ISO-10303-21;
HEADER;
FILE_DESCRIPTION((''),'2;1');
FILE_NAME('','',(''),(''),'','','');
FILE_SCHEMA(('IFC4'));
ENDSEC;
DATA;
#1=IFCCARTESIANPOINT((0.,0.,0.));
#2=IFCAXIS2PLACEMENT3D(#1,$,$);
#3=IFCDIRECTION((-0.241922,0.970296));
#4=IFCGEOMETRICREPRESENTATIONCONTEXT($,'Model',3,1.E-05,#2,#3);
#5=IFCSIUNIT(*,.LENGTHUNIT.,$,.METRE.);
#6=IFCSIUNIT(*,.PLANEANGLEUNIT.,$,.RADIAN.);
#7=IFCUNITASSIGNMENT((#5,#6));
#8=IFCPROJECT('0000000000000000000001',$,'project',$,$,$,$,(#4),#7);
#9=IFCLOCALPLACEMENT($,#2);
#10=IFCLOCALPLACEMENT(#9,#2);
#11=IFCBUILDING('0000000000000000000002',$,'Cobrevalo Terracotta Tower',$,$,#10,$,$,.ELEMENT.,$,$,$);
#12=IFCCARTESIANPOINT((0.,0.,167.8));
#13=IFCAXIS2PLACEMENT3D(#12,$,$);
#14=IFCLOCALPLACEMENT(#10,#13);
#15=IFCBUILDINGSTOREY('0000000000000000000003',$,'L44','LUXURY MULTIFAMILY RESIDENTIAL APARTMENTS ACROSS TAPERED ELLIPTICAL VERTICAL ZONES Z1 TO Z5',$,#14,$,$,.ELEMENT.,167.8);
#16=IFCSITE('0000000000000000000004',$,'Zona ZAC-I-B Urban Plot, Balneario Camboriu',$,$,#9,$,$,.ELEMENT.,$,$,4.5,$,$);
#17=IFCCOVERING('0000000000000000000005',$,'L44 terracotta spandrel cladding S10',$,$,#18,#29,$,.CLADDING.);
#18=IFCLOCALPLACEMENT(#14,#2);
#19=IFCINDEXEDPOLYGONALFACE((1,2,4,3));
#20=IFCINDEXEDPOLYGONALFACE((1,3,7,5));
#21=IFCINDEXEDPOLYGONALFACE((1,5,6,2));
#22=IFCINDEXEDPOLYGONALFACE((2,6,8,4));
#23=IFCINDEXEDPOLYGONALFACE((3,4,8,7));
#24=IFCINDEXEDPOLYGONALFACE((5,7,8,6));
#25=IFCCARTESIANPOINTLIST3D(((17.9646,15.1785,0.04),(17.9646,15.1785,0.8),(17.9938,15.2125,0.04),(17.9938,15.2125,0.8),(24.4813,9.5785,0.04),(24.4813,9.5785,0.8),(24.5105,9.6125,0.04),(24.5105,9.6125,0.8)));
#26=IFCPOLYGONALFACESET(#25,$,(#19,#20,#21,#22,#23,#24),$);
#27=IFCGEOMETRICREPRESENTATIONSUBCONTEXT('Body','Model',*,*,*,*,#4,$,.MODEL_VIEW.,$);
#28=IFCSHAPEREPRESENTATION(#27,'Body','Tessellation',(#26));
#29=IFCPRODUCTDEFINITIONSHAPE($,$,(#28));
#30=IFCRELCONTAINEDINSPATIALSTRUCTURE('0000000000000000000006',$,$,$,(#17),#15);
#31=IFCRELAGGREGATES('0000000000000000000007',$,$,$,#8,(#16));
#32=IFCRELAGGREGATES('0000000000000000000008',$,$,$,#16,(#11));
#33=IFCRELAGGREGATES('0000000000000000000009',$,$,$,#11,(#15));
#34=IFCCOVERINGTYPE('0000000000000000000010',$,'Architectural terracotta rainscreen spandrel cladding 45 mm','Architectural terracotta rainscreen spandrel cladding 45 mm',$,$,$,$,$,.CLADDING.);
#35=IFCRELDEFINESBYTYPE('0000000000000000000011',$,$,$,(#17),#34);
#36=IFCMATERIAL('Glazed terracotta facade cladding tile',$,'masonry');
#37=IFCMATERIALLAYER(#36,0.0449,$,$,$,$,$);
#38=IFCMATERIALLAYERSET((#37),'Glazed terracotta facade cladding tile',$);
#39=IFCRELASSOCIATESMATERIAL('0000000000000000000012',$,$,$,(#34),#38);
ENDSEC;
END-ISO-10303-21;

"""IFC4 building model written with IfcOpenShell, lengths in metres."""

from ifc_helpers import new_model, si_unit, direction, frame, origin, origin_2d, place, context, subcontext, project, spatial, rectangle, extrude, source, transform, mapped, material, layer, layer_set, type_object, element, save


model = new_model("IFC4")

# Units and contexts
model_context = context("Model", 3, precision=1e-05, world=origin(), true_north=direction((-0.241922, 0.970296)))
body_context = subcontext(model_context, "Body", "Model", "MODEL_VIEW")
ifc_project = project(units=[si_unit("LENGTHUNIT", "METRE"), si_unit("PLANEANGLEUNIT", "RADIAN")], contexts=[model_context])

# Site, building, storey
site_placement = place(None, origin())
site = spatial("IfcSite", under=ifc_project, at=site_placement, Name="Zona ZAC-I-B Urban Plot, Balneario Camboriu", CompositionType="ELEMENT", RefElevation=4.5)
building_placement = place(site_placement, origin())
building = spatial("IfcBuilding", under=site, at=building_placement, Name="Cobrevalo Terracotta Tower", CompositionType="ELEMENT")
storey_placement = place(building_placement, frame((0.0, 0.0, 167.8)))
storey = spatial("IfcBuildingStorey", under=building, at=storey_placement, Name="L44", Description="LUXURY MULTIFAMILY RESIDENTIAL APARTMENTS ACROSS TAPERED ELLIPTICAL VERTICAL ZONES Z1 TO Z5", CompositionType="ELEMENT", Elevation=167.8)

# Covering
ifc_material_1 = material(Name="Glazed terracotta facade cladding tile", Category="masonry")
ifc_layer_1 = layer(ifc_material_1, 0.0449)
ifc_layer_set_1 = layer_set([ifc_layer_1], Name="Glazed terracotta facade cladding tile")
covering_type_1 = type_object("IfcCoveringType", Name="Architectural terracotta rainscreen spandrel cladding 45 mm", Description="Architectural terracotta rainscreen spandrel cladding 45 mm", PredefinedType="CLADDING", material=ifc_layer_set_1)
shared_shape_1 = source(origin(), body_context, "Body", "SweptSolid", [
    extrude(rectangle(XDim=8.5923, YDim=0.0449, at=origin_2d()), origin(), (0.0, 0.0, 1.0), 0.76),
])
covering_1_placement = place(storey_placement, frame((21.2375, 12.3955, 0.04), z_axis=(0.0, 0.0, 1.0), x_axis=(0.758437, -0.651746, 0.0)))
element("IfcCovering", 1, at=covering_1_placement, inside=storey, type_object=covering_type_1, Name="L44 terracotta spandrel cladding S10", PredefinedType="CLADDING", context=body_context, shape_type="MappedRepresentation", body=[
    mapped(shared_shape_1, transform((0.0, 0.0, 0.0), scale=1.0)),
])

save(model, "model.ifc")
